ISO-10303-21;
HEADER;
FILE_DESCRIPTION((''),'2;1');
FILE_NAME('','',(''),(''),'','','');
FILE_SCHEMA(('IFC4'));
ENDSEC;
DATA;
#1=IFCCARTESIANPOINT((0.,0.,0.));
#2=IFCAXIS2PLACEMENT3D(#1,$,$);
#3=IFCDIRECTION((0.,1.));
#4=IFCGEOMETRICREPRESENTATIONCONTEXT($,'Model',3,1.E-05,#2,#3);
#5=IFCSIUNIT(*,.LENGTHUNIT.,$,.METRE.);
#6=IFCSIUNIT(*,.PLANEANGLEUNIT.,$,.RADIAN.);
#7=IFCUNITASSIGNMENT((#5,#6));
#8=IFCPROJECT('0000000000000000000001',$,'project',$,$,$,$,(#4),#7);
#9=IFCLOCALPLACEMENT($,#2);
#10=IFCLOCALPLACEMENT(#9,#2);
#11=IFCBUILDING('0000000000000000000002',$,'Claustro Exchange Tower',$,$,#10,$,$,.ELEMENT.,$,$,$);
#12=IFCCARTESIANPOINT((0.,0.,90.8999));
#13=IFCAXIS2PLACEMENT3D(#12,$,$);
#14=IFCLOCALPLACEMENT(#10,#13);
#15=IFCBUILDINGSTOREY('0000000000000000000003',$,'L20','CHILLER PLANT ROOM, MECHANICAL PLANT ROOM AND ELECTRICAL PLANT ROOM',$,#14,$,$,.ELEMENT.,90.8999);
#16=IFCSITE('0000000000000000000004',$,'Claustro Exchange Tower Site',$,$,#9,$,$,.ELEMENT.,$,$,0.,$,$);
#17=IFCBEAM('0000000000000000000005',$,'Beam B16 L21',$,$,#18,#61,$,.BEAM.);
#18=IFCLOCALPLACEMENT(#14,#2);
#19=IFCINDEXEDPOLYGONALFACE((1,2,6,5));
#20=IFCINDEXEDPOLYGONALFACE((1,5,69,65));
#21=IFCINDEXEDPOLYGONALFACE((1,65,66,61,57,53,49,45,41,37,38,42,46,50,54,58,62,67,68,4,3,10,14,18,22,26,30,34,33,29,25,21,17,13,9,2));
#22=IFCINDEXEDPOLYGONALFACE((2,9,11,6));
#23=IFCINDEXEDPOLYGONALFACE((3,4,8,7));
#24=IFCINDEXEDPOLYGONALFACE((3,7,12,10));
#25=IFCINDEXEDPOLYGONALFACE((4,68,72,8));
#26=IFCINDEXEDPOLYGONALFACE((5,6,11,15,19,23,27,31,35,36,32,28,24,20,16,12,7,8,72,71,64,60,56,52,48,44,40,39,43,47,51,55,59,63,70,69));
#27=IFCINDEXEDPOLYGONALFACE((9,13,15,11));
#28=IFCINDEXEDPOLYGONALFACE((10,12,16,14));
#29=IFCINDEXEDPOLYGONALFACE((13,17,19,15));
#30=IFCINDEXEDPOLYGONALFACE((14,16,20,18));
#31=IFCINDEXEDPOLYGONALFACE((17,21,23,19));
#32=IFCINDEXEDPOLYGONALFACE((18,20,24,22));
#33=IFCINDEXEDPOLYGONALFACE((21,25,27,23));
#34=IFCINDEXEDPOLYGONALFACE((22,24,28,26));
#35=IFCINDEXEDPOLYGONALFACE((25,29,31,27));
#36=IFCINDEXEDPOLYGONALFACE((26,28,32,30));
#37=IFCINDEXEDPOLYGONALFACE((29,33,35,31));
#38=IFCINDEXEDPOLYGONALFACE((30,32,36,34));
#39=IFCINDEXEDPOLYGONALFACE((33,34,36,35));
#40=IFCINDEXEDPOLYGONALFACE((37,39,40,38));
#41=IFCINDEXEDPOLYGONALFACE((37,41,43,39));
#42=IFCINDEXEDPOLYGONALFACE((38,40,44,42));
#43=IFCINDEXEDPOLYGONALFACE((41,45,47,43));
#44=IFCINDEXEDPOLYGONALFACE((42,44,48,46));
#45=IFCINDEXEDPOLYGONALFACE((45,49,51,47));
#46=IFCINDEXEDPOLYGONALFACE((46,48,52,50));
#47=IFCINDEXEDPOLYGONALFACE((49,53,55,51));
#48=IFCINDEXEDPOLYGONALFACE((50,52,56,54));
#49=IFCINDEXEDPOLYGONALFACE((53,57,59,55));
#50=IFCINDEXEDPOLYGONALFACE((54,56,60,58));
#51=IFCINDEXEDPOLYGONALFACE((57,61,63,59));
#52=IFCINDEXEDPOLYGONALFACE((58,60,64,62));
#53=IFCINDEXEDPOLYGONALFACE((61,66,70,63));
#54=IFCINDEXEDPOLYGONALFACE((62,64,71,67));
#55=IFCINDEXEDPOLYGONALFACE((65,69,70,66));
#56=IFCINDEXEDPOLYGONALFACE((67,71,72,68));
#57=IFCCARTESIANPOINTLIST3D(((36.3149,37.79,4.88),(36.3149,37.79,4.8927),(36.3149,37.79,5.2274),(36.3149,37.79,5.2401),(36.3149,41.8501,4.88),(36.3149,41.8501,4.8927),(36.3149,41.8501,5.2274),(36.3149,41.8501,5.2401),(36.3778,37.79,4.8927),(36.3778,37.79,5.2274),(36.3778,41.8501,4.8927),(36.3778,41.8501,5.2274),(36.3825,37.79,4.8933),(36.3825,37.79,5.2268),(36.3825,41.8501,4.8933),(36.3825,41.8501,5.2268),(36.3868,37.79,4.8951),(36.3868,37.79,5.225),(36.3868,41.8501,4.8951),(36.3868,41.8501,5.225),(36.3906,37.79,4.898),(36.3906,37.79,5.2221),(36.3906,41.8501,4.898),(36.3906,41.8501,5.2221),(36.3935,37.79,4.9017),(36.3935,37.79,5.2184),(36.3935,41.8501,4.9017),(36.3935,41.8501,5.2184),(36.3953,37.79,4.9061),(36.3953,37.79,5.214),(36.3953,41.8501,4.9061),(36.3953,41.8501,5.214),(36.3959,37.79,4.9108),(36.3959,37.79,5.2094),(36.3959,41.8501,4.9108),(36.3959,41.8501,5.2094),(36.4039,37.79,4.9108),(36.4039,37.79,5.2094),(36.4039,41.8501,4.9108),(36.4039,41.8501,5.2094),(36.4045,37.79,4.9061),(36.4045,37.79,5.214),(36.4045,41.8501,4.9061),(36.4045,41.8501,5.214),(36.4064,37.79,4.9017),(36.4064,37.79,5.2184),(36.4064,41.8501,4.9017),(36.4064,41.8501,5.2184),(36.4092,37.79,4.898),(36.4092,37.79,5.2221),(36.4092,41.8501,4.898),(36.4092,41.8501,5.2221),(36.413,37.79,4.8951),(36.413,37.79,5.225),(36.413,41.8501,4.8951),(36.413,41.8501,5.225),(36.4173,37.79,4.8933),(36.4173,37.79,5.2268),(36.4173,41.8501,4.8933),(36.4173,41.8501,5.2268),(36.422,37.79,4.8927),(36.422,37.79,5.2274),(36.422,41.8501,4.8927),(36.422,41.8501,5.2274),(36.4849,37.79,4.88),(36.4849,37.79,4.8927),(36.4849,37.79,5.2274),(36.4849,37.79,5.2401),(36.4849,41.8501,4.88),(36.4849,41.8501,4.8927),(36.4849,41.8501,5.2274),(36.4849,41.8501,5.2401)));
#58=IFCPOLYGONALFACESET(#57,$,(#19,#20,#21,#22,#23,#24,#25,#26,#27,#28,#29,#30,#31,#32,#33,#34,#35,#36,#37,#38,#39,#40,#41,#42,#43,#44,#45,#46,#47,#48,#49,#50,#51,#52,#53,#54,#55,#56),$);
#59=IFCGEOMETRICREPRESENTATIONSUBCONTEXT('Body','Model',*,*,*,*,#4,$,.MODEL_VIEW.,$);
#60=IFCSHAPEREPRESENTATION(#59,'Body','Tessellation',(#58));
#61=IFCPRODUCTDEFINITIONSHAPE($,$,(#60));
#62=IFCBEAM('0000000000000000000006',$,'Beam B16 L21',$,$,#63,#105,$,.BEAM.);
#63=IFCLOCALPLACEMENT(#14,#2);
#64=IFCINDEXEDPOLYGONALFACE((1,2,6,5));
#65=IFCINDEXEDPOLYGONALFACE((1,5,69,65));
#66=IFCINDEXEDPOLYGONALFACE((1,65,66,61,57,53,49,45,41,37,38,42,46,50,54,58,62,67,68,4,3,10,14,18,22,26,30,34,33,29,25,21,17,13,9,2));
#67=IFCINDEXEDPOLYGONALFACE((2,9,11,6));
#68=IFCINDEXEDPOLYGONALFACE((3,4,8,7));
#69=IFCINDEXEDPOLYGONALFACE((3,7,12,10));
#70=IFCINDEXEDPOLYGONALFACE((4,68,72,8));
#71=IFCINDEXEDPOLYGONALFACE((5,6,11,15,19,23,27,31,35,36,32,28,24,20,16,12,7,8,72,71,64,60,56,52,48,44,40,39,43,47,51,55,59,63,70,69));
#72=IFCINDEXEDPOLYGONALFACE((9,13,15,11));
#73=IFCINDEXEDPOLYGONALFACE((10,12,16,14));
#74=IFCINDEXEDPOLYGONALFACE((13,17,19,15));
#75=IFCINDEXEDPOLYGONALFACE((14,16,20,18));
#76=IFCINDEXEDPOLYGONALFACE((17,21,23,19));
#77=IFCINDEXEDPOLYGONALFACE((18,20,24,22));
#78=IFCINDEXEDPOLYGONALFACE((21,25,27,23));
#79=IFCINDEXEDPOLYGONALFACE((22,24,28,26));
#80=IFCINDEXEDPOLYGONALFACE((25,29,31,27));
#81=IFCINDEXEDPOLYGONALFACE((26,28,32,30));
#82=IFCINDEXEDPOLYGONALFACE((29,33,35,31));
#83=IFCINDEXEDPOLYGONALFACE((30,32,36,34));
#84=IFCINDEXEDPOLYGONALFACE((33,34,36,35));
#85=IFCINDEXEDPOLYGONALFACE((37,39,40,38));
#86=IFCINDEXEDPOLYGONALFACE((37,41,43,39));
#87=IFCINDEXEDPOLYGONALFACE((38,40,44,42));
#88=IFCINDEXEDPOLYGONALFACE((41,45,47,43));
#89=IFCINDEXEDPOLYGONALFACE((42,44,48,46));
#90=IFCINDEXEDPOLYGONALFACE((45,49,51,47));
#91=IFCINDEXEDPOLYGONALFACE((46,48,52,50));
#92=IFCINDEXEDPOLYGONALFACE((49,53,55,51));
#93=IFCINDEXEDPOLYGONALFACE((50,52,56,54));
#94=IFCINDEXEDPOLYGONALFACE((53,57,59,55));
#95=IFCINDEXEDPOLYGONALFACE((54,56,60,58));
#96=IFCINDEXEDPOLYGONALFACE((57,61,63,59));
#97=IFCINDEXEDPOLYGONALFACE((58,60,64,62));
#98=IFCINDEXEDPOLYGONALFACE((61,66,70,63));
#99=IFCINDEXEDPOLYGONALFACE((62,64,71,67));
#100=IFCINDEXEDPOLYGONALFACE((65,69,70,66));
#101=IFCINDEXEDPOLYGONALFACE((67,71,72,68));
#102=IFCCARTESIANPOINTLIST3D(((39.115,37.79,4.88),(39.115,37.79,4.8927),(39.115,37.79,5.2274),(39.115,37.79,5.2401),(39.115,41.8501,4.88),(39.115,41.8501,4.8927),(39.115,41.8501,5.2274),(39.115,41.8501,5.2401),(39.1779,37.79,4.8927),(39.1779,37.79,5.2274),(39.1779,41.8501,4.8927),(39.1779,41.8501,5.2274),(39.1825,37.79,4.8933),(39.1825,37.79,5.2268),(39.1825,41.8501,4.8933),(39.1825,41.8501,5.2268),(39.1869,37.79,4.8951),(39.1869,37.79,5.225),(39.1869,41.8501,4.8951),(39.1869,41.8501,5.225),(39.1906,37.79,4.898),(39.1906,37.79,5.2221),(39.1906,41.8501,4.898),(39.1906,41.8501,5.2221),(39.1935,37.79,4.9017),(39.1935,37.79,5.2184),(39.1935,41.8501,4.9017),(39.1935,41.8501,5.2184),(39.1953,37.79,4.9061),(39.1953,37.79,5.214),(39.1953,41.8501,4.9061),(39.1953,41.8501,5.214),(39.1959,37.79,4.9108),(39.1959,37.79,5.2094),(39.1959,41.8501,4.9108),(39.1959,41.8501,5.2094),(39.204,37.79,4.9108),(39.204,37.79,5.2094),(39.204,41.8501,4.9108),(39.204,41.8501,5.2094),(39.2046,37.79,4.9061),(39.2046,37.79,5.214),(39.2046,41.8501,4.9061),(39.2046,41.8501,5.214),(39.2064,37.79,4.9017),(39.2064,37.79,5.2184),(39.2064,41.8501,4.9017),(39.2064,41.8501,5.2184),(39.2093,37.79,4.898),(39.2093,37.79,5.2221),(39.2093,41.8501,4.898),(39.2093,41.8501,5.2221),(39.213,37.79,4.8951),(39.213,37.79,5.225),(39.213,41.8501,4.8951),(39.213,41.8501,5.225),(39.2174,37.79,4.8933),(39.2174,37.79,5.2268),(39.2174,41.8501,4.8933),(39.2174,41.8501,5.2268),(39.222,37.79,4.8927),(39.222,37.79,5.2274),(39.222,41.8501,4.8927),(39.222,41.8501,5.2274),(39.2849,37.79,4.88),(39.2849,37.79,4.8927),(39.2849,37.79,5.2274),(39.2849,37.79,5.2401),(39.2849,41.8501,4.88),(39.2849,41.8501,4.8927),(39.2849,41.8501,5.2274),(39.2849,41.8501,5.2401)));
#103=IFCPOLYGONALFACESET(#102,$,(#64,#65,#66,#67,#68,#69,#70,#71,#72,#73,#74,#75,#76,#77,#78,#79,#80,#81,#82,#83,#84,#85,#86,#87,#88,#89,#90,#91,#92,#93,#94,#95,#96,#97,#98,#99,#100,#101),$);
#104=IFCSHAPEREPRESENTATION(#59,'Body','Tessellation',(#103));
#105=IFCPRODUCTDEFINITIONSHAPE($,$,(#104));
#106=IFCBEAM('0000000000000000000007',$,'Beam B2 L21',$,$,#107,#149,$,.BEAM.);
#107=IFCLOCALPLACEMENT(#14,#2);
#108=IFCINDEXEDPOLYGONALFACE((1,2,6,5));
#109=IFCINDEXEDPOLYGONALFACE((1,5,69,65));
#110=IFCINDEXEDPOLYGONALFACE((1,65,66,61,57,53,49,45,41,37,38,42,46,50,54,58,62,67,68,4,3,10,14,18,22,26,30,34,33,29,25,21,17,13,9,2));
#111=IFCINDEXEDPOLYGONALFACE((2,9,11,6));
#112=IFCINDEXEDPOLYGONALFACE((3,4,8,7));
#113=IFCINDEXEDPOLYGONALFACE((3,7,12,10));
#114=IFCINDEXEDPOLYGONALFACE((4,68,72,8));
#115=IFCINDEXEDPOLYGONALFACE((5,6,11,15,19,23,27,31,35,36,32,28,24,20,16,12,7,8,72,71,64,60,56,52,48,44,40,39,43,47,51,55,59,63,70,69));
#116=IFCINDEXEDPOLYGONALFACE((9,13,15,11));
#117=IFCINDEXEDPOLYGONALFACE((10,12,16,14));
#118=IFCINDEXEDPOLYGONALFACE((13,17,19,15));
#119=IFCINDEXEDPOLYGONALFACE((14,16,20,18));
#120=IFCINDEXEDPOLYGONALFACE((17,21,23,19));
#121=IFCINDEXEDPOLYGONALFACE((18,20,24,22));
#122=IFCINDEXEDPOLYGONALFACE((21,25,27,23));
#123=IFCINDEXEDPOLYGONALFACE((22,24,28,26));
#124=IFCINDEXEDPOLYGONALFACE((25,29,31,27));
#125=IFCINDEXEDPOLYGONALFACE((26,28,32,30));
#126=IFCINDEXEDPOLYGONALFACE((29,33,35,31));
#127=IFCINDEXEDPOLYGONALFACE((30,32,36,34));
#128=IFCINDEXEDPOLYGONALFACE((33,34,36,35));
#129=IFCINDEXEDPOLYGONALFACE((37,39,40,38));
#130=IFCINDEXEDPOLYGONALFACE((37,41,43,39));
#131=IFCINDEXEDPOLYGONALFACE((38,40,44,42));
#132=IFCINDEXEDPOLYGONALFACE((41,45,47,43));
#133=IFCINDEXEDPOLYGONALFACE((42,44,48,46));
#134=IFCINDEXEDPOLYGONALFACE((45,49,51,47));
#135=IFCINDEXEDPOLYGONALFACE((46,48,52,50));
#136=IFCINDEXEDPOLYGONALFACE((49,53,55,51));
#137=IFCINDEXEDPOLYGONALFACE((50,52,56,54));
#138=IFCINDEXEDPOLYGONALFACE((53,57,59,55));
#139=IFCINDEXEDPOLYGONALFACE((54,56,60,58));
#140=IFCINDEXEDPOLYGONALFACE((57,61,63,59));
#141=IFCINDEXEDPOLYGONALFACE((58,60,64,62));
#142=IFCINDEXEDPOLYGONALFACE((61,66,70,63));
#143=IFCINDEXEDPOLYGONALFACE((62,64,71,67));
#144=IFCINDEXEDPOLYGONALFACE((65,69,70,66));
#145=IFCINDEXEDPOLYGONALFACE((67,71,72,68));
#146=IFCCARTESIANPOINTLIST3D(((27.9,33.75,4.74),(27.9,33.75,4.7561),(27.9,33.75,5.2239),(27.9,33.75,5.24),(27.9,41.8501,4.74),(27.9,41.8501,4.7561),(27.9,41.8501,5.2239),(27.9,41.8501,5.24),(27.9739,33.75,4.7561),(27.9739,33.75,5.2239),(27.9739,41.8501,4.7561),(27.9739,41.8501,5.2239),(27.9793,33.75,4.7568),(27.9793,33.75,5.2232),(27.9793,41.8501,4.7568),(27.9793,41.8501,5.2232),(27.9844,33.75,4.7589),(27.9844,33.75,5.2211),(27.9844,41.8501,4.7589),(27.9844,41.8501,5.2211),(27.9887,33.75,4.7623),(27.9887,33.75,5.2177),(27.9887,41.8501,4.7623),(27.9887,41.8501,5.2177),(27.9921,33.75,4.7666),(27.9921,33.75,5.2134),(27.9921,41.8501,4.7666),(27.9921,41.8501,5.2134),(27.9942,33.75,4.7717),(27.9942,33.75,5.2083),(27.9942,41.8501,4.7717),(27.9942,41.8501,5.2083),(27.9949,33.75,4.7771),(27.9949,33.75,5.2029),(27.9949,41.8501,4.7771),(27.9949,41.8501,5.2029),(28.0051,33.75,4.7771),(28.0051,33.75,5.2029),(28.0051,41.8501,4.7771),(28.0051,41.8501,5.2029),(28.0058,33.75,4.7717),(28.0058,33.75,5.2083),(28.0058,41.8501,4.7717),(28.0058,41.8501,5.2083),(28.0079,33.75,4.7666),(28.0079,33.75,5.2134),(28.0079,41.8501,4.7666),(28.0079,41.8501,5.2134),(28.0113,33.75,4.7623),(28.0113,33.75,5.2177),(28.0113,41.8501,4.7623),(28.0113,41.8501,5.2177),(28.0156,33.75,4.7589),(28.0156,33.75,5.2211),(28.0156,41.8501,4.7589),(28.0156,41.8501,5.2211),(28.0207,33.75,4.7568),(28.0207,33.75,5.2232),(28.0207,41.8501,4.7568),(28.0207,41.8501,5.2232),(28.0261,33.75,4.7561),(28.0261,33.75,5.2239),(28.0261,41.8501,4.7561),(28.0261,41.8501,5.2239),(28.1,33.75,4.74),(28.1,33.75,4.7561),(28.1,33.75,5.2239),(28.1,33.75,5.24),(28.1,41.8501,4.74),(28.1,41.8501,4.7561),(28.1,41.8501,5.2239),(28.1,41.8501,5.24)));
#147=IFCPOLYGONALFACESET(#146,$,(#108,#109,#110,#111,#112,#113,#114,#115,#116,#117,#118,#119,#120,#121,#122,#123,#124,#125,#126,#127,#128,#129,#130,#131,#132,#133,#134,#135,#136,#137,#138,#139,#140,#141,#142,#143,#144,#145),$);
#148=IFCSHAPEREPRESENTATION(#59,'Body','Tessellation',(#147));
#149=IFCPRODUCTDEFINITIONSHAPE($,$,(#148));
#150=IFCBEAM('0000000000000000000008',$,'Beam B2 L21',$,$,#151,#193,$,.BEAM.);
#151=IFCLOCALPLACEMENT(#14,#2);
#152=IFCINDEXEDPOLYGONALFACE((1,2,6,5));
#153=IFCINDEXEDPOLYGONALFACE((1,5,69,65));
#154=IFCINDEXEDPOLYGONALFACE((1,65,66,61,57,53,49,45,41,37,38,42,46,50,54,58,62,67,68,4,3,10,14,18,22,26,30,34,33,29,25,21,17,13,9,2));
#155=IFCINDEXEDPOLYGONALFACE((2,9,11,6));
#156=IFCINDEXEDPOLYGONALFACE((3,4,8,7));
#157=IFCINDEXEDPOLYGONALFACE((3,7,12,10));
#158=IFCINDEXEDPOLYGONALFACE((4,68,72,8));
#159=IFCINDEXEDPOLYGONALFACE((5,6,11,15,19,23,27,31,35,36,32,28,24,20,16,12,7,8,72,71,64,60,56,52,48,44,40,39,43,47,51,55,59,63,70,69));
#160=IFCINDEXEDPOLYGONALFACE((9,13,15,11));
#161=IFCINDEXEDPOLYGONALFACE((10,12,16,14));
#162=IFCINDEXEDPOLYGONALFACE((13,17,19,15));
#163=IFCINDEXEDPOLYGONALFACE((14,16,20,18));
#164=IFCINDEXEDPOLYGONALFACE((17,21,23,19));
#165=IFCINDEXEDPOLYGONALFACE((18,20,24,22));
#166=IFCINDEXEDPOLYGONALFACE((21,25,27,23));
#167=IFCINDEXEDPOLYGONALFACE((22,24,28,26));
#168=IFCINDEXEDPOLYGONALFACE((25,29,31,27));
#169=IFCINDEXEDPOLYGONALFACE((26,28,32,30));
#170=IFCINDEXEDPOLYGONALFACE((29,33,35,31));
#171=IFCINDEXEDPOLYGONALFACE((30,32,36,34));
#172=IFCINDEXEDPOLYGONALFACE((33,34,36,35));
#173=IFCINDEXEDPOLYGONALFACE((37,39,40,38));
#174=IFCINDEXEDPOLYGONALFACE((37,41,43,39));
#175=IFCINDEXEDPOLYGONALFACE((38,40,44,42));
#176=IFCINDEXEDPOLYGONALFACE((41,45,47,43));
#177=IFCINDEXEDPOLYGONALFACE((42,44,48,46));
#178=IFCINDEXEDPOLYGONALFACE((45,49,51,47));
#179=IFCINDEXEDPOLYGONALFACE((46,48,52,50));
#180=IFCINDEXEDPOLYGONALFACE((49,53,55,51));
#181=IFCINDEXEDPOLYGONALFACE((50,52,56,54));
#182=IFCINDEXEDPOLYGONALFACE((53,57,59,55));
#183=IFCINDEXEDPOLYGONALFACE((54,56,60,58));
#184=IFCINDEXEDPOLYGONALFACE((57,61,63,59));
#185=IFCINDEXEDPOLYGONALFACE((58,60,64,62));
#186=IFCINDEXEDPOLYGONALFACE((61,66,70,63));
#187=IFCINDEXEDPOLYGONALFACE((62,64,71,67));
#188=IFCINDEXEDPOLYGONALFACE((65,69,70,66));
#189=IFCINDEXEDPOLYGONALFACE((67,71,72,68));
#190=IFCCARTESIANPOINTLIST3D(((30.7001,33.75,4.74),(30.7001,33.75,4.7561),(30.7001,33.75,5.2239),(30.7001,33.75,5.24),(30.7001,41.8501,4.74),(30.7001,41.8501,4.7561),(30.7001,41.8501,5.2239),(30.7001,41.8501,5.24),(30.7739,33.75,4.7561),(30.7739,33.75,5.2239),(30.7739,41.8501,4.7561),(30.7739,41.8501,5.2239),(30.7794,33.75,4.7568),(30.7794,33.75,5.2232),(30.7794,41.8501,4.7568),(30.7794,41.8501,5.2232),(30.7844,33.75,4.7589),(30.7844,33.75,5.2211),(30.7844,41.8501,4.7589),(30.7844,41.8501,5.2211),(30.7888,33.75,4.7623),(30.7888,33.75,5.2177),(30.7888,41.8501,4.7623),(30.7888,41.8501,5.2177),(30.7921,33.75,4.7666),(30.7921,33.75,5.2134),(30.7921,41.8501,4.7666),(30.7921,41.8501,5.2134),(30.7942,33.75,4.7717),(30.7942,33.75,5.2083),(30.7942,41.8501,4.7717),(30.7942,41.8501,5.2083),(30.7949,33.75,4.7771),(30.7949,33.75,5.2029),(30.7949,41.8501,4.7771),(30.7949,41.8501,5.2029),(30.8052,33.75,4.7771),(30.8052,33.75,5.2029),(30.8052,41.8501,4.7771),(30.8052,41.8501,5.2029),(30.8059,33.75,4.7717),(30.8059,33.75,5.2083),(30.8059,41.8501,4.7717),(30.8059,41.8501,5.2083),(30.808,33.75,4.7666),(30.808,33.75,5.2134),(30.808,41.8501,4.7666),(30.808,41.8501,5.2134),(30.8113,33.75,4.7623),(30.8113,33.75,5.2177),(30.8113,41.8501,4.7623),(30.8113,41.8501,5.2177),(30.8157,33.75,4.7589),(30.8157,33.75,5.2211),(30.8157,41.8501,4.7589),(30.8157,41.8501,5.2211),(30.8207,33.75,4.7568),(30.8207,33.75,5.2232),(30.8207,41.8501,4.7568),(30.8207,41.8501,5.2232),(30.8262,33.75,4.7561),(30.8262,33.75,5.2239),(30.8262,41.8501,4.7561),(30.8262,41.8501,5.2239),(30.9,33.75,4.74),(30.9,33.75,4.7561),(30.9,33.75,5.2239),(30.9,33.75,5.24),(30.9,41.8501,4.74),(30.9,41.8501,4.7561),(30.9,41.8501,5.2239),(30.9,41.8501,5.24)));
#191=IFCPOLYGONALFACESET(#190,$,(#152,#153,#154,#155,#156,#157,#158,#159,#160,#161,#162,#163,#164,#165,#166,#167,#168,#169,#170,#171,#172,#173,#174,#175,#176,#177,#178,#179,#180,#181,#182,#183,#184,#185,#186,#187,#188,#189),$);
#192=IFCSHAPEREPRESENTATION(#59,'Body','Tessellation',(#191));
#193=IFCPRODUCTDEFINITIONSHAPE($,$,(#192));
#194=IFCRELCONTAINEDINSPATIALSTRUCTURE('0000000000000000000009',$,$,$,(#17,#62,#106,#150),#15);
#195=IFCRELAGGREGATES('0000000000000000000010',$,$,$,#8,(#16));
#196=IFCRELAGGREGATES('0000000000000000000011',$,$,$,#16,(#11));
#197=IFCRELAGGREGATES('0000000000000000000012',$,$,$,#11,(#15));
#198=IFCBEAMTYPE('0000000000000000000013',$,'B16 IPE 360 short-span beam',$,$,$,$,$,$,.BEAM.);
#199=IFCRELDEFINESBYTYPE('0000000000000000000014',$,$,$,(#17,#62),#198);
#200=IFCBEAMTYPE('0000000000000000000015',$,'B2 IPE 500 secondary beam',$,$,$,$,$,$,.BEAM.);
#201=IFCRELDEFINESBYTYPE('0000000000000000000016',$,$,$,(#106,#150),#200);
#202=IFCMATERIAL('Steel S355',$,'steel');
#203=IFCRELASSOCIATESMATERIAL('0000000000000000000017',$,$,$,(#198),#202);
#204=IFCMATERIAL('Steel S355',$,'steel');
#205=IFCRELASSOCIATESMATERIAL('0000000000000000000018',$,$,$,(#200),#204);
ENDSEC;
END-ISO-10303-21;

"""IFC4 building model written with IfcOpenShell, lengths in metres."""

from ifc_helpers import new_model, si_unit, direction, frame, origin, origin_2d, place, context, subcontext, project, spatial, i_section, extrude, material, material_profile, profile_set, type_object, element, save


model = new_model("IFC4")

# Units and contexts
model_context = context("Model", 3, precision=1e-05, world=origin(), true_north=direction((0.0, 1.0)))
body_context = subcontext(model_context, "Body", "Model", "MODEL_VIEW")
ifc_project = project(units=[si_unit("LENGTHUNIT", "METRE"), si_unit("PLANEANGLEUNIT", "RADIAN")], contexts=[model_context])

# Site, building, storey
site_placement = place(None, origin())
site = spatial("IfcSite", under=ifc_project, at=site_placement, Name="Claustro Exchange Tower Site", CompositionType="ELEMENT", RefElevation=0.0)
building_placement = place(site_placement, origin())
building = spatial("IfcBuilding", under=site, at=building_placement, Name="Claustro Exchange Tower", CompositionType="ELEMENT")
storey_placement = place(building_placement, frame((0.0, 0.0, 90.8999)))
storey = spatial("IfcBuildingStorey", under=building, at=storey_placement, Name="L20", Description="CHILLER PLANT ROOM, MECHANICAL PLANT ROOM AND ELECTRICAL PLANT ROOM", CompositionType="ELEMENT", Elevation=90.8999)

# Beams
ifc_material_1 = material(Name="Steel S355", Category="steel")
ifc_material_profile_1 = material_profile(ifc_material_1, i_section(OverallWidth=0.1699, OverallDepth=0.3601, WebThickness=0.0081, FlangeThickness=0.0127, FilletRadius=0.0181, at=origin_2d()), Name="IPE 360")
ifc_profile_set_1 = profile_set([ifc_material_profile_1], Name="Steel S355")
beam_type_1 = type_object("IfcBeamType", Name="B16 IPE 360 short-span beam", PredefinedType="BEAM", material=ifc_profile_set_1)
for number, where, z_axis, x_axis, name in (
    (1, (36.3999, 37.79, 5.0601), (0.0, 1.0, 0.0), (-1.0, 0.0, 0.0), "Beam B16 L21"),
    (2, (39.2, 37.79, 5.0601), (0.0, 1.0, 0.0), (-1.0, 0.0, 0.0), "Beam B16 L21"),
):
    element("IfcBeam", number, at=place(storey_placement, frame(where, z_axis=z_axis, x_axis=x_axis)), inside=storey, type_object=beam_type_1, Name=name, PredefinedType="BEAM", context=body_context, shape_type="SweptSolid", body=[
        extrude(i_section(OverallWidth=0.1699, OverallDepth=0.3601, WebThickness=0.0081, FlangeThickness=0.0127, FilletRadius=0.0181, at=origin_2d()), origin(), (0.0, 0.0, 1.0), 4.0601),
    ])
ifc_material_2 = material(Name="Steel S355", Category="steel")
ifc_material_profile_2 = material_profile(ifc_material_2, i_section(OverallWidth=0.2, OverallDepth=0.5, WebThickness=0.0103, FlangeThickness=0.0161, FilletRadius=0.021, at=origin_2d()), Name="IPE 500")
ifc_profile_set_2 = profile_set([ifc_material_profile_2], Name="Steel S355")
beam_type_2 = type_object("IfcBeamType", Name="B2 IPE 500 secondary beam", PredefinedType="BEAM", material=ifc_profile_set_2)
for number, where, z_axis, x_axis, name in (
    (3, (28.0, 33.75, 4.99), (0.0, 1.0, 0.0), (-1.0, 0.0, 0.0), "Beam B2 L21"),
    (4, (30.8, 33.75, 4.99), (0.0, 1.0, 0.0), (-1.0, 0.0, 0.0), "Beam B2 L21"),
):
    element("IfcBeam", number, at=place(storey_placement, frame(where, z_axis=z_axis, x_axis=x_axis)), inside=storey, type_object=beam_type_2, Name=name, PredefinedType="BEAM", context=body_context, shape_type="SweptSolid", body=[
        extrude(i_section(OverallWidth=0.2, OverallDepth=0.5, WebThickness=0.0103, FlangeThickness=0.0161, FilletRadius=0.021, at=origin_2d()), origin(), (0.0, 0.0, 1.0), 8.1001),
    ])

save(model, "model.ifc")
